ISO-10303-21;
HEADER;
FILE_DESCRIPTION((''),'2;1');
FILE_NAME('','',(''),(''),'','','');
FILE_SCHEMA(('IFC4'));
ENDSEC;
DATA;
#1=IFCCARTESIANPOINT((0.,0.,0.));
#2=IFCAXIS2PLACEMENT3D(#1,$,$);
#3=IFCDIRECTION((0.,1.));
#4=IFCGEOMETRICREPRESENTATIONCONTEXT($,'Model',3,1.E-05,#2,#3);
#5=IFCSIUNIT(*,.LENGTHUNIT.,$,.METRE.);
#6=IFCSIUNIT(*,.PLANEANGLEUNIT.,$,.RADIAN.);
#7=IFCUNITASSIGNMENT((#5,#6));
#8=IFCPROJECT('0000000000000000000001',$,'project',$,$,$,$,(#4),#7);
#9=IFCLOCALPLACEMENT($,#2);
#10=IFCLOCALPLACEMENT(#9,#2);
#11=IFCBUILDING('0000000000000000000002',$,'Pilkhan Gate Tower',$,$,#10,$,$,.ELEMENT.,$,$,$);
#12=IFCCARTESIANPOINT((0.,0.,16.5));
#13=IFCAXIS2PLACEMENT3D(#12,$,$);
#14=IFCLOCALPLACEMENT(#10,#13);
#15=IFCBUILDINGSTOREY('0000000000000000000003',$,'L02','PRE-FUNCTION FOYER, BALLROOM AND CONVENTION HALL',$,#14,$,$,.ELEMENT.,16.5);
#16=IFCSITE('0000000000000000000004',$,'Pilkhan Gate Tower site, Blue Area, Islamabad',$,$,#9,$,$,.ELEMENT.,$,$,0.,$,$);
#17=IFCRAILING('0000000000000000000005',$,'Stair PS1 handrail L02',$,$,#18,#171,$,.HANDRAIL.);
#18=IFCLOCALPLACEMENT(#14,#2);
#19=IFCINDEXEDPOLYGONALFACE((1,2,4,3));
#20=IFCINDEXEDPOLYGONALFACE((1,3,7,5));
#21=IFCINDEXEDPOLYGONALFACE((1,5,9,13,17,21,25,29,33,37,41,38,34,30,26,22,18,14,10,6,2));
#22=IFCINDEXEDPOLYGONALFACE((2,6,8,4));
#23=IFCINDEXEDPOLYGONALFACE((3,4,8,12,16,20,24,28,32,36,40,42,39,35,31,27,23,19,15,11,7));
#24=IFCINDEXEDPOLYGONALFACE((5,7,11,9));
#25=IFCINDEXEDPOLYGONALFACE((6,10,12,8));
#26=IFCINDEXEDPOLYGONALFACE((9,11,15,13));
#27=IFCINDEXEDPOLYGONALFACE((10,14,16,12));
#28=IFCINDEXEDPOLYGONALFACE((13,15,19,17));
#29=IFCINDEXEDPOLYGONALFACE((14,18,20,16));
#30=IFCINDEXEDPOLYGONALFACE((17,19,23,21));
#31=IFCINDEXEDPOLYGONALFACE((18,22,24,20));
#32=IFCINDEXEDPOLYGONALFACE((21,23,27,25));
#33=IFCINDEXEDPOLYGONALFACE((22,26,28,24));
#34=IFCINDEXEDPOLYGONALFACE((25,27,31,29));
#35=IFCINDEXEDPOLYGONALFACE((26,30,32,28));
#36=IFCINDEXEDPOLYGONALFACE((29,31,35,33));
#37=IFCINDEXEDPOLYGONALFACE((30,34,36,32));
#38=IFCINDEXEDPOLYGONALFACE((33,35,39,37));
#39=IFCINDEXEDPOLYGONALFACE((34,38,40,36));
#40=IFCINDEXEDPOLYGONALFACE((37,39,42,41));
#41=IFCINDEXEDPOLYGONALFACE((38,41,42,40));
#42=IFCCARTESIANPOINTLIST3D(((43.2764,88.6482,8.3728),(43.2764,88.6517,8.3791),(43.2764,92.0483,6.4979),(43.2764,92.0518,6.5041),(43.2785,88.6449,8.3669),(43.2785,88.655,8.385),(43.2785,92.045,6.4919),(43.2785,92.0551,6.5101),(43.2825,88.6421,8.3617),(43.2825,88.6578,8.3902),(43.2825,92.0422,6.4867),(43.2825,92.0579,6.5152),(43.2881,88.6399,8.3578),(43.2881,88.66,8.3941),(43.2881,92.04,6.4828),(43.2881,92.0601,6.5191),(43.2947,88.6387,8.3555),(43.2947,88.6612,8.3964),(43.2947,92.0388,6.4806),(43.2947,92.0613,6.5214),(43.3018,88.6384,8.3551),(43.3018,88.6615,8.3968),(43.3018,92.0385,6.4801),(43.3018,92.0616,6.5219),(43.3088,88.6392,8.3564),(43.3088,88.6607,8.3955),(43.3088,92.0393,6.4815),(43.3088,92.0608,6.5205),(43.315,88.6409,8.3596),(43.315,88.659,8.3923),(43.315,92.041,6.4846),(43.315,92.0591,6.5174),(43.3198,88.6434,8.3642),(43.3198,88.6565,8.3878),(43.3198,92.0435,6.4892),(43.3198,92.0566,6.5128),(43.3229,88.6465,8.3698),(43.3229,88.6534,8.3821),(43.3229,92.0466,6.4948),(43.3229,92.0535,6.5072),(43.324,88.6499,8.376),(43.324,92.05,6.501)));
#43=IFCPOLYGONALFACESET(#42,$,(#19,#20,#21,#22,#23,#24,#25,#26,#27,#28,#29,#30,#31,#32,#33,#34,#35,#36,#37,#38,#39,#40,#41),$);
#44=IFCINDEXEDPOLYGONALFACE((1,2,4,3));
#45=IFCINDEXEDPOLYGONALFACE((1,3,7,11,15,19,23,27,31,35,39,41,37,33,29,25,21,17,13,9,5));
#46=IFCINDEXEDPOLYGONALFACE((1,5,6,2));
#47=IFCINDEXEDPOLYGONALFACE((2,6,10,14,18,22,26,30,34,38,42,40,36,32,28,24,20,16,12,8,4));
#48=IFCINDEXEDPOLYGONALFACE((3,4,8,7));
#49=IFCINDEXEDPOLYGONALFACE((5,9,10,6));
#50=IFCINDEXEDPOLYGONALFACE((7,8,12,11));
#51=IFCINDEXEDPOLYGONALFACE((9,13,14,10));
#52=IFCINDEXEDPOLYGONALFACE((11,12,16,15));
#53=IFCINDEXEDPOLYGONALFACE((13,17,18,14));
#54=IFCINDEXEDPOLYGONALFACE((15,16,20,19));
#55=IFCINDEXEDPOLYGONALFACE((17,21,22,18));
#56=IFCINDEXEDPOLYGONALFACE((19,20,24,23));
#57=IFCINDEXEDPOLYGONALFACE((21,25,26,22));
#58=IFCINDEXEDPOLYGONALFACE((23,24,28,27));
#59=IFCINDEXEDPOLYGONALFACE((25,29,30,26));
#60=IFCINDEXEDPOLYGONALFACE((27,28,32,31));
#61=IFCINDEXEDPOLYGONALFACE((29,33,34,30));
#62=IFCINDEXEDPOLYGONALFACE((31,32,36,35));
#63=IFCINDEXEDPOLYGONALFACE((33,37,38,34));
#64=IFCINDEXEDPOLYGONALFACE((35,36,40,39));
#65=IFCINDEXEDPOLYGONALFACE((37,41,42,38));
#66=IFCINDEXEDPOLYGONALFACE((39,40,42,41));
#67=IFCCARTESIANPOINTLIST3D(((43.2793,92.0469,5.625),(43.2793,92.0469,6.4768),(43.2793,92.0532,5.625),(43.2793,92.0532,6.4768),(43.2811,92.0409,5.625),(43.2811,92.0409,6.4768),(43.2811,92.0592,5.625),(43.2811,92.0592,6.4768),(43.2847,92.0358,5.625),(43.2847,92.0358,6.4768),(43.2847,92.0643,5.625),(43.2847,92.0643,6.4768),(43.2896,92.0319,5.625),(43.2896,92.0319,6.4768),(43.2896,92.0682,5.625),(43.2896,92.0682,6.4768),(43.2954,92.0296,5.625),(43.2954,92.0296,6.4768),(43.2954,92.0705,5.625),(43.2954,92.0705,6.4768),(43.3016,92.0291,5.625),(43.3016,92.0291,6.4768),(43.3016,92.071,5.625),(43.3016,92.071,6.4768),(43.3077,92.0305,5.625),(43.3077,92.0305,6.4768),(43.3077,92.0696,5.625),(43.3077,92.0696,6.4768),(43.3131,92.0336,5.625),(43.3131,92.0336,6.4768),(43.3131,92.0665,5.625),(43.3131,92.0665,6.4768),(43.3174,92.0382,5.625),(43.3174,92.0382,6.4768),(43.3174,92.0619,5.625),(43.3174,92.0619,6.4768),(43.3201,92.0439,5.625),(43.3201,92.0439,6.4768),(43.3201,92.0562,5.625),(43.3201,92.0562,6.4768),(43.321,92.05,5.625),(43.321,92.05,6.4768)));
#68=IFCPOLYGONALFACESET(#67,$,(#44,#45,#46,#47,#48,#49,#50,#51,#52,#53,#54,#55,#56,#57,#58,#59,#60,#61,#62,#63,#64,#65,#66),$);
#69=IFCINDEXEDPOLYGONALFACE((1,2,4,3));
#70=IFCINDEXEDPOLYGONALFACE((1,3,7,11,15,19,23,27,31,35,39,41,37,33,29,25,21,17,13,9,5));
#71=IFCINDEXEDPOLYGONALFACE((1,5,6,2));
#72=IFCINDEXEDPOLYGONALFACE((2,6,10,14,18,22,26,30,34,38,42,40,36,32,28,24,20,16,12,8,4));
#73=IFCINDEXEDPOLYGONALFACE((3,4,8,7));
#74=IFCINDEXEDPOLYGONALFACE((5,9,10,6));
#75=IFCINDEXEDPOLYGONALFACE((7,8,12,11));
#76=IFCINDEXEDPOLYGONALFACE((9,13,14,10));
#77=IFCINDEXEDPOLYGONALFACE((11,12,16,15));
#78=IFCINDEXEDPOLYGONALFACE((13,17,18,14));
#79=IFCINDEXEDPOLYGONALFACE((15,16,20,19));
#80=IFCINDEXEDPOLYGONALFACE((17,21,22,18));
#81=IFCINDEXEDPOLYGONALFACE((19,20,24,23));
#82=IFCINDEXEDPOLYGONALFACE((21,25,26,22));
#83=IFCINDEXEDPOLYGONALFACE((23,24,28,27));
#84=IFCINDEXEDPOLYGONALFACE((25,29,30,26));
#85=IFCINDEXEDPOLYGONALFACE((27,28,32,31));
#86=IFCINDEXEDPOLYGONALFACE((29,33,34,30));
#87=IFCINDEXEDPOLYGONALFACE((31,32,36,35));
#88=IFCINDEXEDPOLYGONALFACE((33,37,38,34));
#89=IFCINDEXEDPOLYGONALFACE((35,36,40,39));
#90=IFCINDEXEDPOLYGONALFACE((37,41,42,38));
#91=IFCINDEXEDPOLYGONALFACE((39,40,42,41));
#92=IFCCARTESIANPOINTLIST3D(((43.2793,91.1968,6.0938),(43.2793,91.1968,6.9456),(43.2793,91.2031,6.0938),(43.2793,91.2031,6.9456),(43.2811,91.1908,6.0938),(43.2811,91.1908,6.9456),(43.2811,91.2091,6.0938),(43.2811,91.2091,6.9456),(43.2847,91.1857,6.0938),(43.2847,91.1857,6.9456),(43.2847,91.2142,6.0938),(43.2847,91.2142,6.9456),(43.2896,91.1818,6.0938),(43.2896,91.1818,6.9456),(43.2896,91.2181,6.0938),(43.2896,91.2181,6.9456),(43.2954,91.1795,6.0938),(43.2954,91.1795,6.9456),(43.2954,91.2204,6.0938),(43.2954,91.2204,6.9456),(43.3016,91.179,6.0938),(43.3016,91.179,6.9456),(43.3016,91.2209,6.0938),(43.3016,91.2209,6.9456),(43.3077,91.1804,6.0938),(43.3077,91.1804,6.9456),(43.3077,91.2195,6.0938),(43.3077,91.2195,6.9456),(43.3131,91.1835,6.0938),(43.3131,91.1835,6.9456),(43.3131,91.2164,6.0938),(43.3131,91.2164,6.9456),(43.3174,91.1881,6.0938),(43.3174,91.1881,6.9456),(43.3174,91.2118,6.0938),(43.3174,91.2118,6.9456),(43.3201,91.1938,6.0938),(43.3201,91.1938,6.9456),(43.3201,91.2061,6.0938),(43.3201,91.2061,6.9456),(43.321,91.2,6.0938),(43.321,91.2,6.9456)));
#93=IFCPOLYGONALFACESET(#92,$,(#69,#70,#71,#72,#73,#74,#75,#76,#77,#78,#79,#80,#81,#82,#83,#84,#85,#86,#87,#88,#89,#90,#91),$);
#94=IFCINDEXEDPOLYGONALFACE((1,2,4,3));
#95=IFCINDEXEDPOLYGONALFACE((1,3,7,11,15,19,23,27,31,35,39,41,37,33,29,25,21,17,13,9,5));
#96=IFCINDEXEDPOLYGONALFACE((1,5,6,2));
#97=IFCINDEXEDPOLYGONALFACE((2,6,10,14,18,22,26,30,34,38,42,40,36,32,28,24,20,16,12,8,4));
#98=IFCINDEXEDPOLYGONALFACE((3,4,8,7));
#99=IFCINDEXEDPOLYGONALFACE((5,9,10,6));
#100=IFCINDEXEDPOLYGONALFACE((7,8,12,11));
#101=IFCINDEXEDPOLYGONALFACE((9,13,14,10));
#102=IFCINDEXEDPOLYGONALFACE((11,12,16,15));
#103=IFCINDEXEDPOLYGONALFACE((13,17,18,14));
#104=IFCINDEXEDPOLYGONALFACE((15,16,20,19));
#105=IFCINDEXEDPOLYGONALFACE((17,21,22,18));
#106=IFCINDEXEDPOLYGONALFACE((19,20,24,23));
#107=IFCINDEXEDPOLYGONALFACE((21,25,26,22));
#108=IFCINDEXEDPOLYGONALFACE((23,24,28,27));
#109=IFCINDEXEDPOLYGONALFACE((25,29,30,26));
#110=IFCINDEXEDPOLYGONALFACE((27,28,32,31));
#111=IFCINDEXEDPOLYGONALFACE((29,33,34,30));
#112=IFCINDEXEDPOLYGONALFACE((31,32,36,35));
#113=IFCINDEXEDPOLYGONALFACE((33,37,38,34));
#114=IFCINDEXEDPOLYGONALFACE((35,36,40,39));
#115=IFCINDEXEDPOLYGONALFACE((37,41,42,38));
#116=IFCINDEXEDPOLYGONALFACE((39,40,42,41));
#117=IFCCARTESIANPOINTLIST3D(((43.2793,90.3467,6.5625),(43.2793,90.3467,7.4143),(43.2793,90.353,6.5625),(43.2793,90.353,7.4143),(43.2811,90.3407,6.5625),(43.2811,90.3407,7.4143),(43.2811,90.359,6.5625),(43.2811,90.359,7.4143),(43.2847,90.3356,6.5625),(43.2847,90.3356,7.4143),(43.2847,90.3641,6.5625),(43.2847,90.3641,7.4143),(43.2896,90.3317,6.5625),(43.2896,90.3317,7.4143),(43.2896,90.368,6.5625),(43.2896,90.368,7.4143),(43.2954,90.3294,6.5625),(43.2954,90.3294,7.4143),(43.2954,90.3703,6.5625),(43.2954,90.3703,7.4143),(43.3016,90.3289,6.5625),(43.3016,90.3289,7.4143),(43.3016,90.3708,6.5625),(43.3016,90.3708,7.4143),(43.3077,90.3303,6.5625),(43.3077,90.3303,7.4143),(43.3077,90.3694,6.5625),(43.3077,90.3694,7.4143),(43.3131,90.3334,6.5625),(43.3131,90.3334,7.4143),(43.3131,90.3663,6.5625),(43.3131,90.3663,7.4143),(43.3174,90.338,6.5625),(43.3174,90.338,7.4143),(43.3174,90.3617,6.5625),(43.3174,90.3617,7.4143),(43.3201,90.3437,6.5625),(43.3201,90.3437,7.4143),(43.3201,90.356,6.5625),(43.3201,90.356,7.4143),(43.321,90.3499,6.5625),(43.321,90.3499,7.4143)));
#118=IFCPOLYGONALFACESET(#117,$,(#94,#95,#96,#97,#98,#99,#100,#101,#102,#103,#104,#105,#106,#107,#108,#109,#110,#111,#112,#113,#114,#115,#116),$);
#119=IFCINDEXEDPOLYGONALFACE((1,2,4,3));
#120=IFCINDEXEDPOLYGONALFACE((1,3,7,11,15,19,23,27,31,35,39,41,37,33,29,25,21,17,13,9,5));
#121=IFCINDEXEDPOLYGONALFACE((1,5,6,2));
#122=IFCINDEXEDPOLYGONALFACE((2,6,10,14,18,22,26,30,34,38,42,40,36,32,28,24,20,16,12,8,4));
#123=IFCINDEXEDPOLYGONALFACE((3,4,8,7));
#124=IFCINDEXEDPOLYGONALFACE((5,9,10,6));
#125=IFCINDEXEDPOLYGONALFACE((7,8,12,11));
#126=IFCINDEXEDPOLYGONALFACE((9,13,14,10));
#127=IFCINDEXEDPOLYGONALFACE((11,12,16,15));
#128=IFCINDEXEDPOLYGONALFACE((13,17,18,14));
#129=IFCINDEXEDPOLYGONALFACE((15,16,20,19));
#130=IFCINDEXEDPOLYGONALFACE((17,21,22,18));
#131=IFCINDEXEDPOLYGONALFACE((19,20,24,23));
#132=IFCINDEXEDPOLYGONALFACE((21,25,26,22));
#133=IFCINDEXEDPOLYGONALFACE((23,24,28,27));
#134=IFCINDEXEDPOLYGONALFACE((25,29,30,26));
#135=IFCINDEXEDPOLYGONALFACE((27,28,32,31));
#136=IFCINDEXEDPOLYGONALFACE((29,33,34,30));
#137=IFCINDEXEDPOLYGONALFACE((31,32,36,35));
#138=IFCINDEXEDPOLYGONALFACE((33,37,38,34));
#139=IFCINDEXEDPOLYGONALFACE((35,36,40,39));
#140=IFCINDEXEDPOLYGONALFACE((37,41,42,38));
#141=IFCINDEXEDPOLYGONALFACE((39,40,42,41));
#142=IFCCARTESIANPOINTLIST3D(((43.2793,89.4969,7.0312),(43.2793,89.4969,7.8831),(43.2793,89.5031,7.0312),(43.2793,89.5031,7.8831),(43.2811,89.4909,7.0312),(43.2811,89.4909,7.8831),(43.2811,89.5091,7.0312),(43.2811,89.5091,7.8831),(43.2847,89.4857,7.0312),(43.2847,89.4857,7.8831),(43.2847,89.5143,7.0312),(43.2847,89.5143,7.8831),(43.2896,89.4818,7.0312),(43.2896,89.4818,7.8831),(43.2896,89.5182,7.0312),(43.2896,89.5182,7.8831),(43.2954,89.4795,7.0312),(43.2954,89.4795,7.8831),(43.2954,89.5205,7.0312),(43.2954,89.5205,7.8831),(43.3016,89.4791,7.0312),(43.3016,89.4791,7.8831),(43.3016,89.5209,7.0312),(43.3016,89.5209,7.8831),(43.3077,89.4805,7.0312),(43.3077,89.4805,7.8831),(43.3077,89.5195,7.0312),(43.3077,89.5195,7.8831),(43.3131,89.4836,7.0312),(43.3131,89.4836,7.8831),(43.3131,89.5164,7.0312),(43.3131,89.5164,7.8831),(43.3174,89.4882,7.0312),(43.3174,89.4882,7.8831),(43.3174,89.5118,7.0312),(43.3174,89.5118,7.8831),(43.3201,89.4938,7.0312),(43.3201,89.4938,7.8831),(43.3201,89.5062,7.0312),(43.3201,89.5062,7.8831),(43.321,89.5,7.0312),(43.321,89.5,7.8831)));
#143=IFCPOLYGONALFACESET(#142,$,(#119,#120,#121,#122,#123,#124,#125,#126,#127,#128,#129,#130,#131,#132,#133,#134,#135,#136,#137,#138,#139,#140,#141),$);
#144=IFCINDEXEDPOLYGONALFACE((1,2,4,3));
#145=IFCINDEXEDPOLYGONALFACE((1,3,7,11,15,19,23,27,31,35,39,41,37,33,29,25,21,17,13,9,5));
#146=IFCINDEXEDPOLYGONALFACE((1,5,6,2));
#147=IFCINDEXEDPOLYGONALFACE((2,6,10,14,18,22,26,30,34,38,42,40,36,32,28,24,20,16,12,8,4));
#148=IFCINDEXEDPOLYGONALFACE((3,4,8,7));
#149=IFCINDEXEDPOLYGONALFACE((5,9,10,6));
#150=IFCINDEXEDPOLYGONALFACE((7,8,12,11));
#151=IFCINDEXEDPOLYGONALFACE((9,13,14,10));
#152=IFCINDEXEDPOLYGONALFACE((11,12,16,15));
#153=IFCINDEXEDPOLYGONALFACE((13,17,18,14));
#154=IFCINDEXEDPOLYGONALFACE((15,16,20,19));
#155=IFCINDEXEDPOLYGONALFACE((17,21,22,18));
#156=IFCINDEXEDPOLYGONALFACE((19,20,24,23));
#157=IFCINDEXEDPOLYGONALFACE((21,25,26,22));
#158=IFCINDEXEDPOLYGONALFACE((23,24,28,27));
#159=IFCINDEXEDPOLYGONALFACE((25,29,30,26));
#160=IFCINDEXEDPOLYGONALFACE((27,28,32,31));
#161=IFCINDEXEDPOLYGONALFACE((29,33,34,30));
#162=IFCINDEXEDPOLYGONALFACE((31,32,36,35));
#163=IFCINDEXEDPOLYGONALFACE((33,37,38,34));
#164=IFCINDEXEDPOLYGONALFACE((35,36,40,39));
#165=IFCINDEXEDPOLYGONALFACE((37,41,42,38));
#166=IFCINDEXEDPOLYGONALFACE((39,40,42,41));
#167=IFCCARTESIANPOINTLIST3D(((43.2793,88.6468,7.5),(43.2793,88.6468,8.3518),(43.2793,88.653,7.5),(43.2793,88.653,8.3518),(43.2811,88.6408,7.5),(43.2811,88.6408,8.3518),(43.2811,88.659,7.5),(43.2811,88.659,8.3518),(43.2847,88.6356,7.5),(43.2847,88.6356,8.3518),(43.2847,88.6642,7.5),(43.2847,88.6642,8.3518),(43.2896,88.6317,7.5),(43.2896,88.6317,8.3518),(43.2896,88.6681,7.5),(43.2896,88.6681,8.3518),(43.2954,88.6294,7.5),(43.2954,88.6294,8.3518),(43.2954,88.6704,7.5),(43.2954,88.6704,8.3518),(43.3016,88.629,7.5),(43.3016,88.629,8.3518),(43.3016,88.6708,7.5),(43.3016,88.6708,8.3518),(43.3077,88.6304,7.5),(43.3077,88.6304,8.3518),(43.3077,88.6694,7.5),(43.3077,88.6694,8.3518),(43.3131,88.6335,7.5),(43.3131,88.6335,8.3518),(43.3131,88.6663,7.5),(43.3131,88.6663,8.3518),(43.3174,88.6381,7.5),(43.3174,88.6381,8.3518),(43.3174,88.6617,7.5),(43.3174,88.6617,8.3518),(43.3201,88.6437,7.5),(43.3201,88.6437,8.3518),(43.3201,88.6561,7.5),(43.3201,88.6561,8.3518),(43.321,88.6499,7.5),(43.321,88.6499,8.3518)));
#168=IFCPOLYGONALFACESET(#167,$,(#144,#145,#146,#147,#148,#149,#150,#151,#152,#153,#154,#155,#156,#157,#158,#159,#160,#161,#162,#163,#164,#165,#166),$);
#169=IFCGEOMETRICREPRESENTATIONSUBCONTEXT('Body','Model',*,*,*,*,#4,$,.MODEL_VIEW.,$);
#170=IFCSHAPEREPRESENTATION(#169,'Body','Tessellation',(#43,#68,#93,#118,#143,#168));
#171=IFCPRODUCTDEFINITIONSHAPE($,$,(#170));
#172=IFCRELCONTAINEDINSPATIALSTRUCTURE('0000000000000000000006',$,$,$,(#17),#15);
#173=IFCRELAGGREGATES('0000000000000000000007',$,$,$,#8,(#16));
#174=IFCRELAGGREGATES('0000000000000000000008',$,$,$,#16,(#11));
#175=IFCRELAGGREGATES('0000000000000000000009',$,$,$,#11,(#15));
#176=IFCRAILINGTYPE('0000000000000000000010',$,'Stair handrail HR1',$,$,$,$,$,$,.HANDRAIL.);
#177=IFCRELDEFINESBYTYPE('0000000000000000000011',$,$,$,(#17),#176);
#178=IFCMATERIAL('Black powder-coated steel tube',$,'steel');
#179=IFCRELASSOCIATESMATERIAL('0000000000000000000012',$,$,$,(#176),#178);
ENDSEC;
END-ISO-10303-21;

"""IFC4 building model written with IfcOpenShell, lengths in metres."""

from ifc_helpers import new_model, si_unit, direction, frame, origin, origin_2d, place, context, subcontext, project, spatial, circle, extrude, material, type_object, element, save


model = new_model("IFC4")

# Units and contexts
model_context = context("Model", 3, precision=1e-05, world=origin(), true_north=direction((0.0, 1.0)))
body_context = subcontext(model_context, "Body", "Model", "MODEL_VIEW")
ifc_project = project(units=[si_unit("LENGTHUNIT", "METRE"), si_unit("PLANEANGLEUNIT", "RADIAN")], contexts=[model_context])

# Site, building, storey
site_placement = place(None, origin())
site = spatial("IfcSite", under=ifc_project, at=site_placement, Name="Pilkhan Gate Tower site, Blue Area, Islamabad", CompositionType="ELEMENT", RefElevation=0.0)
building_placement = place(site_placement, origin())
building = spatial("IfcBuilding", under=site, at=building_placement, Name="Pilkhan Gate Tower", CompositionType="ELEMENT")
storey_placement = place(building_placement, frame((0.0, 0.0, 16.5)))
storey = spatial("IfcBuildingStorey", under=building, at=storey_placement, Name="L02", Description="PRE-FUNCTION FOYER, BALLROOM AND CONVENTION HALL", CompositionType="ELEMENT", Elevation=16.5)

# Railing
ifc_material_1 = material(Name="Black powder-coated steel tube", Category="steel")
railing_type_1 = type_object("IfcRailingType", Name="Stair handrail HR1", PredefinedType="HANDRAIL", material=ifc_material_1)
railing_1_placement = place(storey_placement, frame((43.3, 92.05, 5.625)))
element("IfcRailing", 1, at=railing_1_placement, inside=storey, type_object=railing_type_1, Name="Stair PS1 handrail L02", PredefinedType="HANDRAIL", context=body_context, shape_type="SweptSolid", body=[
    extrude(circle(Radius=0.0239, at=origin_2d()), frame((0.0, 0.0, 0.876), z_axis=(0.0, -0.87568, 0.482891), x_axis=(1.0, 0.0, 0.0)), (0.0, 0.0, 1.0), 3.8828),
    extrude(circle(Radius=0.021, at=origin_2d()), origin(), (0.0, 0.0, 1.0), 0.8518),
    extrude(circle(Radius=0.021, at=origin_2d()), frame((0.0, -0.8501, 0.4688)), (0.0, 0.0, 1.0), 0.8518),
    extrude(circle(Radius=0.021, at=origin_2d()), frame((0.0, -1.7002, 0.9375)), (0.0, 0.0, 1.0), 0.8518),
    extrude(circle(Radius=0.021, at=origin_2d()), frame((0.0, -2.55, 1.4062)), (0.0, 0.0, 1.0), 0.8518),
    extrude(circle(Radius=0.021, at=origin_2d()), frame((0.0, -3.4001, 1.875)), (0.0, 0.0, 1.0), 0.8518),
])

save(model, "model.ifc")
